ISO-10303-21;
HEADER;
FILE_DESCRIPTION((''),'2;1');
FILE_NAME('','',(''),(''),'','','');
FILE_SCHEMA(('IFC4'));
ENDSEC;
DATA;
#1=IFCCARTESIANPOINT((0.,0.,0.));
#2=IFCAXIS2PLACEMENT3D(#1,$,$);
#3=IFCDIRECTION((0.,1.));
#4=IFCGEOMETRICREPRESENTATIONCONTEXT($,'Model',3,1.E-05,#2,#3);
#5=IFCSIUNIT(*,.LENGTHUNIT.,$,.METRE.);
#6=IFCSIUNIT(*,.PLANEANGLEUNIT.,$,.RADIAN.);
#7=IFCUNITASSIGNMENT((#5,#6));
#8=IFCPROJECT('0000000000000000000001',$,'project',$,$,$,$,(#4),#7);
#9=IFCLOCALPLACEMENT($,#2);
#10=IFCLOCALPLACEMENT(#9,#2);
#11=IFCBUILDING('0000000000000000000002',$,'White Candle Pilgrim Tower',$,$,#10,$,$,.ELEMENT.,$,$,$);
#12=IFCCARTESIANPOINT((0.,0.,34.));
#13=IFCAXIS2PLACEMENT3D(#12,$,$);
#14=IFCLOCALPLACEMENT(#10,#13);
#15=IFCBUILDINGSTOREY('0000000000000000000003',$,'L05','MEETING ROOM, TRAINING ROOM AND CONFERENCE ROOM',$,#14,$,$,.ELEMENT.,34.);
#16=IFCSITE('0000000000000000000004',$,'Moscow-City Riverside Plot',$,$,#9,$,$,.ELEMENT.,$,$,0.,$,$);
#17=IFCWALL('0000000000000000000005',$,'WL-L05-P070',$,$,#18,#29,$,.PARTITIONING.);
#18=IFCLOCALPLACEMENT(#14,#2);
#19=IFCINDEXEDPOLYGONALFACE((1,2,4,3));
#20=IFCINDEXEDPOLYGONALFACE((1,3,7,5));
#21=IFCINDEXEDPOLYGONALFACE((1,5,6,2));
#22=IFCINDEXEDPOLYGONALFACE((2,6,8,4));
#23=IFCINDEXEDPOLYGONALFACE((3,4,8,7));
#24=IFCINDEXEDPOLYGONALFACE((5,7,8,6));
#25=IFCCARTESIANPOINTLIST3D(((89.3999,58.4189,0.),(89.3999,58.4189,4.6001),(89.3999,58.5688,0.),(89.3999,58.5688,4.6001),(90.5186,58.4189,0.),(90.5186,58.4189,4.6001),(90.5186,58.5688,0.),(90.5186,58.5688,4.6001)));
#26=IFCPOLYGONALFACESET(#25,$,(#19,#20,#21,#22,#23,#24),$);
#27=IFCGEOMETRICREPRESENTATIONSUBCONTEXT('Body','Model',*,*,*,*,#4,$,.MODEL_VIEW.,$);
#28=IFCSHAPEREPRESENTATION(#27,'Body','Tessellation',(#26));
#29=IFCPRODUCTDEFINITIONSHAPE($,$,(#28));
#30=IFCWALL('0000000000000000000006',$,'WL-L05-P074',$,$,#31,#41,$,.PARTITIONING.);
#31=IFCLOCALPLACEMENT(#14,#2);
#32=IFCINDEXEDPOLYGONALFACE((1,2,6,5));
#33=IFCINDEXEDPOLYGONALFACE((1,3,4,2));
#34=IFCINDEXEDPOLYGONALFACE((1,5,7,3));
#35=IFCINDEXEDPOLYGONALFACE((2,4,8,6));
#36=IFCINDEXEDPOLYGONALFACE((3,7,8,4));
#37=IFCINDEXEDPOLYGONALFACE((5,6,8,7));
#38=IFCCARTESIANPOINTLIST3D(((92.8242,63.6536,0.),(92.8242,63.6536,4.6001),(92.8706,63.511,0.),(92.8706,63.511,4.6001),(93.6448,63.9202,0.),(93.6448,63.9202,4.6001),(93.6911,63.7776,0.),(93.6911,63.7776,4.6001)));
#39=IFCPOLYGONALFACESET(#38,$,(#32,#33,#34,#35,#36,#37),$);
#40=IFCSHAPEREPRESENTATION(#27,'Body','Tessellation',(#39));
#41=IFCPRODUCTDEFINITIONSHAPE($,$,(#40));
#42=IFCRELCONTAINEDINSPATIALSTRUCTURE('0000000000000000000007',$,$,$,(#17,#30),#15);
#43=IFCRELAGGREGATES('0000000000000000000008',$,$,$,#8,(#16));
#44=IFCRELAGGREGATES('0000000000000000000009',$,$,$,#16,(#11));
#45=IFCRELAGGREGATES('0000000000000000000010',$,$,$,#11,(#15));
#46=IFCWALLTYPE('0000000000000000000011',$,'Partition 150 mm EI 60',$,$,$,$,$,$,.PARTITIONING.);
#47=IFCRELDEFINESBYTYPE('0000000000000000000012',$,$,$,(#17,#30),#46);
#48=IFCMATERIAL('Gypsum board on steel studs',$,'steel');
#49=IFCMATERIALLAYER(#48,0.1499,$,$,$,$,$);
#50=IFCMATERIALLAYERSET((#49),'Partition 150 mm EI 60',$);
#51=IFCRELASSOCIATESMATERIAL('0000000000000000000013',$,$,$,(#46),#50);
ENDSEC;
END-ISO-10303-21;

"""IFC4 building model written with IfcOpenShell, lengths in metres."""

from ifc_helpers import new_model, si_unit, direction, frame, frame_2d, origin, place, context, subcontext, project, spatial, rectangle, extrude, material, layer, layer_set, type_object, element, save


model = new_model("IFC4")

# Units and contexts
model_context = context("Model", 3, precision=1e-05, world=origin(), true_north=direction((0.0, 1.0)))
body_context = subcontext(model_context, "Body", "Model", "MODEL_VIEW")
ifc_project = project(units=[si_unit("LENGTHUNIT", "METRE"), si_unit("PLANEANGLEUNIT", "RADIAN")], contexts=[model_context])

# Site, building, storey
site_placement = place(None, origin())
site = spatial("IfcSite", under=ifc_project, at=site_placement, Name="Moscow-City Riverside Plot", CompositionType="ELEMENT", RefElevation=0.0)
building_placement = place(site_placement, origin())
building = spatial("IfcBuilding", under=site, at=building_placement, Name="White Candle Pilgrim Tower", CompositionType="ELEMENT")
storey_placement = place(building_placement, frame((0.0, 0.0, 34.0)))
storey = spatial("IfcBuildingStorey", under=building, at=storey_placement, Name="L05", Description="MEETING ROOM, TRAINING ROOM AND CONFERENCE ROOM", CompositionType="ELEMENT", Elevation=34.0)

# Shared definitions
ifc_material_1 = material(Name="Gypsum board on steel studs", Category="steel")

# Walls
ifc_layer_1 = layer(ifc_material_1, 0.1499)
ifc_layer_set_1 = layer_set([ifc_layer_1], Name="Partition 150 mm EI 60")
wall_type_1 = type_object("IfcWallType", Name="Partition 150 mm EI 60", PredefinedType="PARTITIONING", material=ifc_layer_set_1)
wall_1_placement = place(storey_placement, frame((89.3999, 58.4939, 0.0), z_axis=(0.0, 0.0, 1.0), x_axis=(1.0, 0.0, 0.0)))
element("IfcWall", 1, at=wall_1_placement, inside=storey, type_object=wall_type_1, Name="WL-L05-P070", PredefinedType="PARTITIONING", context=body_context, shape_type="SweptSolid", body=[
    extrude(rectangle(XDim=1.1187, YDim=0.1499, at=frame_2d((0.5593, 0.0))), origin(), (0.0, 0.0, 1.0), 4.6001),
])
wall_2_placement = place(storey_placement, frame((93.668, 63.8489, 0.0), z_axis=(0.0, 0.0, 1.0), x_axis=(-0.951061, -0.309003, 0.0)))
element("IfcWall", 2, at=wall_2_placement, inside=storey, type_object=wall_type_1, Name="WL-L05-P074", PredefinedType="PARTITIONING", context=body_context, shape_type="SweptSolid", body=[
    extrude(rectangle(XDim=0.8628, YDim=0.1499, at=frame_2d((0.4314, 0.0))), origin(), (0.0, 0.0, 1.0), 4.6001),
])

save(model, "model.ifc")
